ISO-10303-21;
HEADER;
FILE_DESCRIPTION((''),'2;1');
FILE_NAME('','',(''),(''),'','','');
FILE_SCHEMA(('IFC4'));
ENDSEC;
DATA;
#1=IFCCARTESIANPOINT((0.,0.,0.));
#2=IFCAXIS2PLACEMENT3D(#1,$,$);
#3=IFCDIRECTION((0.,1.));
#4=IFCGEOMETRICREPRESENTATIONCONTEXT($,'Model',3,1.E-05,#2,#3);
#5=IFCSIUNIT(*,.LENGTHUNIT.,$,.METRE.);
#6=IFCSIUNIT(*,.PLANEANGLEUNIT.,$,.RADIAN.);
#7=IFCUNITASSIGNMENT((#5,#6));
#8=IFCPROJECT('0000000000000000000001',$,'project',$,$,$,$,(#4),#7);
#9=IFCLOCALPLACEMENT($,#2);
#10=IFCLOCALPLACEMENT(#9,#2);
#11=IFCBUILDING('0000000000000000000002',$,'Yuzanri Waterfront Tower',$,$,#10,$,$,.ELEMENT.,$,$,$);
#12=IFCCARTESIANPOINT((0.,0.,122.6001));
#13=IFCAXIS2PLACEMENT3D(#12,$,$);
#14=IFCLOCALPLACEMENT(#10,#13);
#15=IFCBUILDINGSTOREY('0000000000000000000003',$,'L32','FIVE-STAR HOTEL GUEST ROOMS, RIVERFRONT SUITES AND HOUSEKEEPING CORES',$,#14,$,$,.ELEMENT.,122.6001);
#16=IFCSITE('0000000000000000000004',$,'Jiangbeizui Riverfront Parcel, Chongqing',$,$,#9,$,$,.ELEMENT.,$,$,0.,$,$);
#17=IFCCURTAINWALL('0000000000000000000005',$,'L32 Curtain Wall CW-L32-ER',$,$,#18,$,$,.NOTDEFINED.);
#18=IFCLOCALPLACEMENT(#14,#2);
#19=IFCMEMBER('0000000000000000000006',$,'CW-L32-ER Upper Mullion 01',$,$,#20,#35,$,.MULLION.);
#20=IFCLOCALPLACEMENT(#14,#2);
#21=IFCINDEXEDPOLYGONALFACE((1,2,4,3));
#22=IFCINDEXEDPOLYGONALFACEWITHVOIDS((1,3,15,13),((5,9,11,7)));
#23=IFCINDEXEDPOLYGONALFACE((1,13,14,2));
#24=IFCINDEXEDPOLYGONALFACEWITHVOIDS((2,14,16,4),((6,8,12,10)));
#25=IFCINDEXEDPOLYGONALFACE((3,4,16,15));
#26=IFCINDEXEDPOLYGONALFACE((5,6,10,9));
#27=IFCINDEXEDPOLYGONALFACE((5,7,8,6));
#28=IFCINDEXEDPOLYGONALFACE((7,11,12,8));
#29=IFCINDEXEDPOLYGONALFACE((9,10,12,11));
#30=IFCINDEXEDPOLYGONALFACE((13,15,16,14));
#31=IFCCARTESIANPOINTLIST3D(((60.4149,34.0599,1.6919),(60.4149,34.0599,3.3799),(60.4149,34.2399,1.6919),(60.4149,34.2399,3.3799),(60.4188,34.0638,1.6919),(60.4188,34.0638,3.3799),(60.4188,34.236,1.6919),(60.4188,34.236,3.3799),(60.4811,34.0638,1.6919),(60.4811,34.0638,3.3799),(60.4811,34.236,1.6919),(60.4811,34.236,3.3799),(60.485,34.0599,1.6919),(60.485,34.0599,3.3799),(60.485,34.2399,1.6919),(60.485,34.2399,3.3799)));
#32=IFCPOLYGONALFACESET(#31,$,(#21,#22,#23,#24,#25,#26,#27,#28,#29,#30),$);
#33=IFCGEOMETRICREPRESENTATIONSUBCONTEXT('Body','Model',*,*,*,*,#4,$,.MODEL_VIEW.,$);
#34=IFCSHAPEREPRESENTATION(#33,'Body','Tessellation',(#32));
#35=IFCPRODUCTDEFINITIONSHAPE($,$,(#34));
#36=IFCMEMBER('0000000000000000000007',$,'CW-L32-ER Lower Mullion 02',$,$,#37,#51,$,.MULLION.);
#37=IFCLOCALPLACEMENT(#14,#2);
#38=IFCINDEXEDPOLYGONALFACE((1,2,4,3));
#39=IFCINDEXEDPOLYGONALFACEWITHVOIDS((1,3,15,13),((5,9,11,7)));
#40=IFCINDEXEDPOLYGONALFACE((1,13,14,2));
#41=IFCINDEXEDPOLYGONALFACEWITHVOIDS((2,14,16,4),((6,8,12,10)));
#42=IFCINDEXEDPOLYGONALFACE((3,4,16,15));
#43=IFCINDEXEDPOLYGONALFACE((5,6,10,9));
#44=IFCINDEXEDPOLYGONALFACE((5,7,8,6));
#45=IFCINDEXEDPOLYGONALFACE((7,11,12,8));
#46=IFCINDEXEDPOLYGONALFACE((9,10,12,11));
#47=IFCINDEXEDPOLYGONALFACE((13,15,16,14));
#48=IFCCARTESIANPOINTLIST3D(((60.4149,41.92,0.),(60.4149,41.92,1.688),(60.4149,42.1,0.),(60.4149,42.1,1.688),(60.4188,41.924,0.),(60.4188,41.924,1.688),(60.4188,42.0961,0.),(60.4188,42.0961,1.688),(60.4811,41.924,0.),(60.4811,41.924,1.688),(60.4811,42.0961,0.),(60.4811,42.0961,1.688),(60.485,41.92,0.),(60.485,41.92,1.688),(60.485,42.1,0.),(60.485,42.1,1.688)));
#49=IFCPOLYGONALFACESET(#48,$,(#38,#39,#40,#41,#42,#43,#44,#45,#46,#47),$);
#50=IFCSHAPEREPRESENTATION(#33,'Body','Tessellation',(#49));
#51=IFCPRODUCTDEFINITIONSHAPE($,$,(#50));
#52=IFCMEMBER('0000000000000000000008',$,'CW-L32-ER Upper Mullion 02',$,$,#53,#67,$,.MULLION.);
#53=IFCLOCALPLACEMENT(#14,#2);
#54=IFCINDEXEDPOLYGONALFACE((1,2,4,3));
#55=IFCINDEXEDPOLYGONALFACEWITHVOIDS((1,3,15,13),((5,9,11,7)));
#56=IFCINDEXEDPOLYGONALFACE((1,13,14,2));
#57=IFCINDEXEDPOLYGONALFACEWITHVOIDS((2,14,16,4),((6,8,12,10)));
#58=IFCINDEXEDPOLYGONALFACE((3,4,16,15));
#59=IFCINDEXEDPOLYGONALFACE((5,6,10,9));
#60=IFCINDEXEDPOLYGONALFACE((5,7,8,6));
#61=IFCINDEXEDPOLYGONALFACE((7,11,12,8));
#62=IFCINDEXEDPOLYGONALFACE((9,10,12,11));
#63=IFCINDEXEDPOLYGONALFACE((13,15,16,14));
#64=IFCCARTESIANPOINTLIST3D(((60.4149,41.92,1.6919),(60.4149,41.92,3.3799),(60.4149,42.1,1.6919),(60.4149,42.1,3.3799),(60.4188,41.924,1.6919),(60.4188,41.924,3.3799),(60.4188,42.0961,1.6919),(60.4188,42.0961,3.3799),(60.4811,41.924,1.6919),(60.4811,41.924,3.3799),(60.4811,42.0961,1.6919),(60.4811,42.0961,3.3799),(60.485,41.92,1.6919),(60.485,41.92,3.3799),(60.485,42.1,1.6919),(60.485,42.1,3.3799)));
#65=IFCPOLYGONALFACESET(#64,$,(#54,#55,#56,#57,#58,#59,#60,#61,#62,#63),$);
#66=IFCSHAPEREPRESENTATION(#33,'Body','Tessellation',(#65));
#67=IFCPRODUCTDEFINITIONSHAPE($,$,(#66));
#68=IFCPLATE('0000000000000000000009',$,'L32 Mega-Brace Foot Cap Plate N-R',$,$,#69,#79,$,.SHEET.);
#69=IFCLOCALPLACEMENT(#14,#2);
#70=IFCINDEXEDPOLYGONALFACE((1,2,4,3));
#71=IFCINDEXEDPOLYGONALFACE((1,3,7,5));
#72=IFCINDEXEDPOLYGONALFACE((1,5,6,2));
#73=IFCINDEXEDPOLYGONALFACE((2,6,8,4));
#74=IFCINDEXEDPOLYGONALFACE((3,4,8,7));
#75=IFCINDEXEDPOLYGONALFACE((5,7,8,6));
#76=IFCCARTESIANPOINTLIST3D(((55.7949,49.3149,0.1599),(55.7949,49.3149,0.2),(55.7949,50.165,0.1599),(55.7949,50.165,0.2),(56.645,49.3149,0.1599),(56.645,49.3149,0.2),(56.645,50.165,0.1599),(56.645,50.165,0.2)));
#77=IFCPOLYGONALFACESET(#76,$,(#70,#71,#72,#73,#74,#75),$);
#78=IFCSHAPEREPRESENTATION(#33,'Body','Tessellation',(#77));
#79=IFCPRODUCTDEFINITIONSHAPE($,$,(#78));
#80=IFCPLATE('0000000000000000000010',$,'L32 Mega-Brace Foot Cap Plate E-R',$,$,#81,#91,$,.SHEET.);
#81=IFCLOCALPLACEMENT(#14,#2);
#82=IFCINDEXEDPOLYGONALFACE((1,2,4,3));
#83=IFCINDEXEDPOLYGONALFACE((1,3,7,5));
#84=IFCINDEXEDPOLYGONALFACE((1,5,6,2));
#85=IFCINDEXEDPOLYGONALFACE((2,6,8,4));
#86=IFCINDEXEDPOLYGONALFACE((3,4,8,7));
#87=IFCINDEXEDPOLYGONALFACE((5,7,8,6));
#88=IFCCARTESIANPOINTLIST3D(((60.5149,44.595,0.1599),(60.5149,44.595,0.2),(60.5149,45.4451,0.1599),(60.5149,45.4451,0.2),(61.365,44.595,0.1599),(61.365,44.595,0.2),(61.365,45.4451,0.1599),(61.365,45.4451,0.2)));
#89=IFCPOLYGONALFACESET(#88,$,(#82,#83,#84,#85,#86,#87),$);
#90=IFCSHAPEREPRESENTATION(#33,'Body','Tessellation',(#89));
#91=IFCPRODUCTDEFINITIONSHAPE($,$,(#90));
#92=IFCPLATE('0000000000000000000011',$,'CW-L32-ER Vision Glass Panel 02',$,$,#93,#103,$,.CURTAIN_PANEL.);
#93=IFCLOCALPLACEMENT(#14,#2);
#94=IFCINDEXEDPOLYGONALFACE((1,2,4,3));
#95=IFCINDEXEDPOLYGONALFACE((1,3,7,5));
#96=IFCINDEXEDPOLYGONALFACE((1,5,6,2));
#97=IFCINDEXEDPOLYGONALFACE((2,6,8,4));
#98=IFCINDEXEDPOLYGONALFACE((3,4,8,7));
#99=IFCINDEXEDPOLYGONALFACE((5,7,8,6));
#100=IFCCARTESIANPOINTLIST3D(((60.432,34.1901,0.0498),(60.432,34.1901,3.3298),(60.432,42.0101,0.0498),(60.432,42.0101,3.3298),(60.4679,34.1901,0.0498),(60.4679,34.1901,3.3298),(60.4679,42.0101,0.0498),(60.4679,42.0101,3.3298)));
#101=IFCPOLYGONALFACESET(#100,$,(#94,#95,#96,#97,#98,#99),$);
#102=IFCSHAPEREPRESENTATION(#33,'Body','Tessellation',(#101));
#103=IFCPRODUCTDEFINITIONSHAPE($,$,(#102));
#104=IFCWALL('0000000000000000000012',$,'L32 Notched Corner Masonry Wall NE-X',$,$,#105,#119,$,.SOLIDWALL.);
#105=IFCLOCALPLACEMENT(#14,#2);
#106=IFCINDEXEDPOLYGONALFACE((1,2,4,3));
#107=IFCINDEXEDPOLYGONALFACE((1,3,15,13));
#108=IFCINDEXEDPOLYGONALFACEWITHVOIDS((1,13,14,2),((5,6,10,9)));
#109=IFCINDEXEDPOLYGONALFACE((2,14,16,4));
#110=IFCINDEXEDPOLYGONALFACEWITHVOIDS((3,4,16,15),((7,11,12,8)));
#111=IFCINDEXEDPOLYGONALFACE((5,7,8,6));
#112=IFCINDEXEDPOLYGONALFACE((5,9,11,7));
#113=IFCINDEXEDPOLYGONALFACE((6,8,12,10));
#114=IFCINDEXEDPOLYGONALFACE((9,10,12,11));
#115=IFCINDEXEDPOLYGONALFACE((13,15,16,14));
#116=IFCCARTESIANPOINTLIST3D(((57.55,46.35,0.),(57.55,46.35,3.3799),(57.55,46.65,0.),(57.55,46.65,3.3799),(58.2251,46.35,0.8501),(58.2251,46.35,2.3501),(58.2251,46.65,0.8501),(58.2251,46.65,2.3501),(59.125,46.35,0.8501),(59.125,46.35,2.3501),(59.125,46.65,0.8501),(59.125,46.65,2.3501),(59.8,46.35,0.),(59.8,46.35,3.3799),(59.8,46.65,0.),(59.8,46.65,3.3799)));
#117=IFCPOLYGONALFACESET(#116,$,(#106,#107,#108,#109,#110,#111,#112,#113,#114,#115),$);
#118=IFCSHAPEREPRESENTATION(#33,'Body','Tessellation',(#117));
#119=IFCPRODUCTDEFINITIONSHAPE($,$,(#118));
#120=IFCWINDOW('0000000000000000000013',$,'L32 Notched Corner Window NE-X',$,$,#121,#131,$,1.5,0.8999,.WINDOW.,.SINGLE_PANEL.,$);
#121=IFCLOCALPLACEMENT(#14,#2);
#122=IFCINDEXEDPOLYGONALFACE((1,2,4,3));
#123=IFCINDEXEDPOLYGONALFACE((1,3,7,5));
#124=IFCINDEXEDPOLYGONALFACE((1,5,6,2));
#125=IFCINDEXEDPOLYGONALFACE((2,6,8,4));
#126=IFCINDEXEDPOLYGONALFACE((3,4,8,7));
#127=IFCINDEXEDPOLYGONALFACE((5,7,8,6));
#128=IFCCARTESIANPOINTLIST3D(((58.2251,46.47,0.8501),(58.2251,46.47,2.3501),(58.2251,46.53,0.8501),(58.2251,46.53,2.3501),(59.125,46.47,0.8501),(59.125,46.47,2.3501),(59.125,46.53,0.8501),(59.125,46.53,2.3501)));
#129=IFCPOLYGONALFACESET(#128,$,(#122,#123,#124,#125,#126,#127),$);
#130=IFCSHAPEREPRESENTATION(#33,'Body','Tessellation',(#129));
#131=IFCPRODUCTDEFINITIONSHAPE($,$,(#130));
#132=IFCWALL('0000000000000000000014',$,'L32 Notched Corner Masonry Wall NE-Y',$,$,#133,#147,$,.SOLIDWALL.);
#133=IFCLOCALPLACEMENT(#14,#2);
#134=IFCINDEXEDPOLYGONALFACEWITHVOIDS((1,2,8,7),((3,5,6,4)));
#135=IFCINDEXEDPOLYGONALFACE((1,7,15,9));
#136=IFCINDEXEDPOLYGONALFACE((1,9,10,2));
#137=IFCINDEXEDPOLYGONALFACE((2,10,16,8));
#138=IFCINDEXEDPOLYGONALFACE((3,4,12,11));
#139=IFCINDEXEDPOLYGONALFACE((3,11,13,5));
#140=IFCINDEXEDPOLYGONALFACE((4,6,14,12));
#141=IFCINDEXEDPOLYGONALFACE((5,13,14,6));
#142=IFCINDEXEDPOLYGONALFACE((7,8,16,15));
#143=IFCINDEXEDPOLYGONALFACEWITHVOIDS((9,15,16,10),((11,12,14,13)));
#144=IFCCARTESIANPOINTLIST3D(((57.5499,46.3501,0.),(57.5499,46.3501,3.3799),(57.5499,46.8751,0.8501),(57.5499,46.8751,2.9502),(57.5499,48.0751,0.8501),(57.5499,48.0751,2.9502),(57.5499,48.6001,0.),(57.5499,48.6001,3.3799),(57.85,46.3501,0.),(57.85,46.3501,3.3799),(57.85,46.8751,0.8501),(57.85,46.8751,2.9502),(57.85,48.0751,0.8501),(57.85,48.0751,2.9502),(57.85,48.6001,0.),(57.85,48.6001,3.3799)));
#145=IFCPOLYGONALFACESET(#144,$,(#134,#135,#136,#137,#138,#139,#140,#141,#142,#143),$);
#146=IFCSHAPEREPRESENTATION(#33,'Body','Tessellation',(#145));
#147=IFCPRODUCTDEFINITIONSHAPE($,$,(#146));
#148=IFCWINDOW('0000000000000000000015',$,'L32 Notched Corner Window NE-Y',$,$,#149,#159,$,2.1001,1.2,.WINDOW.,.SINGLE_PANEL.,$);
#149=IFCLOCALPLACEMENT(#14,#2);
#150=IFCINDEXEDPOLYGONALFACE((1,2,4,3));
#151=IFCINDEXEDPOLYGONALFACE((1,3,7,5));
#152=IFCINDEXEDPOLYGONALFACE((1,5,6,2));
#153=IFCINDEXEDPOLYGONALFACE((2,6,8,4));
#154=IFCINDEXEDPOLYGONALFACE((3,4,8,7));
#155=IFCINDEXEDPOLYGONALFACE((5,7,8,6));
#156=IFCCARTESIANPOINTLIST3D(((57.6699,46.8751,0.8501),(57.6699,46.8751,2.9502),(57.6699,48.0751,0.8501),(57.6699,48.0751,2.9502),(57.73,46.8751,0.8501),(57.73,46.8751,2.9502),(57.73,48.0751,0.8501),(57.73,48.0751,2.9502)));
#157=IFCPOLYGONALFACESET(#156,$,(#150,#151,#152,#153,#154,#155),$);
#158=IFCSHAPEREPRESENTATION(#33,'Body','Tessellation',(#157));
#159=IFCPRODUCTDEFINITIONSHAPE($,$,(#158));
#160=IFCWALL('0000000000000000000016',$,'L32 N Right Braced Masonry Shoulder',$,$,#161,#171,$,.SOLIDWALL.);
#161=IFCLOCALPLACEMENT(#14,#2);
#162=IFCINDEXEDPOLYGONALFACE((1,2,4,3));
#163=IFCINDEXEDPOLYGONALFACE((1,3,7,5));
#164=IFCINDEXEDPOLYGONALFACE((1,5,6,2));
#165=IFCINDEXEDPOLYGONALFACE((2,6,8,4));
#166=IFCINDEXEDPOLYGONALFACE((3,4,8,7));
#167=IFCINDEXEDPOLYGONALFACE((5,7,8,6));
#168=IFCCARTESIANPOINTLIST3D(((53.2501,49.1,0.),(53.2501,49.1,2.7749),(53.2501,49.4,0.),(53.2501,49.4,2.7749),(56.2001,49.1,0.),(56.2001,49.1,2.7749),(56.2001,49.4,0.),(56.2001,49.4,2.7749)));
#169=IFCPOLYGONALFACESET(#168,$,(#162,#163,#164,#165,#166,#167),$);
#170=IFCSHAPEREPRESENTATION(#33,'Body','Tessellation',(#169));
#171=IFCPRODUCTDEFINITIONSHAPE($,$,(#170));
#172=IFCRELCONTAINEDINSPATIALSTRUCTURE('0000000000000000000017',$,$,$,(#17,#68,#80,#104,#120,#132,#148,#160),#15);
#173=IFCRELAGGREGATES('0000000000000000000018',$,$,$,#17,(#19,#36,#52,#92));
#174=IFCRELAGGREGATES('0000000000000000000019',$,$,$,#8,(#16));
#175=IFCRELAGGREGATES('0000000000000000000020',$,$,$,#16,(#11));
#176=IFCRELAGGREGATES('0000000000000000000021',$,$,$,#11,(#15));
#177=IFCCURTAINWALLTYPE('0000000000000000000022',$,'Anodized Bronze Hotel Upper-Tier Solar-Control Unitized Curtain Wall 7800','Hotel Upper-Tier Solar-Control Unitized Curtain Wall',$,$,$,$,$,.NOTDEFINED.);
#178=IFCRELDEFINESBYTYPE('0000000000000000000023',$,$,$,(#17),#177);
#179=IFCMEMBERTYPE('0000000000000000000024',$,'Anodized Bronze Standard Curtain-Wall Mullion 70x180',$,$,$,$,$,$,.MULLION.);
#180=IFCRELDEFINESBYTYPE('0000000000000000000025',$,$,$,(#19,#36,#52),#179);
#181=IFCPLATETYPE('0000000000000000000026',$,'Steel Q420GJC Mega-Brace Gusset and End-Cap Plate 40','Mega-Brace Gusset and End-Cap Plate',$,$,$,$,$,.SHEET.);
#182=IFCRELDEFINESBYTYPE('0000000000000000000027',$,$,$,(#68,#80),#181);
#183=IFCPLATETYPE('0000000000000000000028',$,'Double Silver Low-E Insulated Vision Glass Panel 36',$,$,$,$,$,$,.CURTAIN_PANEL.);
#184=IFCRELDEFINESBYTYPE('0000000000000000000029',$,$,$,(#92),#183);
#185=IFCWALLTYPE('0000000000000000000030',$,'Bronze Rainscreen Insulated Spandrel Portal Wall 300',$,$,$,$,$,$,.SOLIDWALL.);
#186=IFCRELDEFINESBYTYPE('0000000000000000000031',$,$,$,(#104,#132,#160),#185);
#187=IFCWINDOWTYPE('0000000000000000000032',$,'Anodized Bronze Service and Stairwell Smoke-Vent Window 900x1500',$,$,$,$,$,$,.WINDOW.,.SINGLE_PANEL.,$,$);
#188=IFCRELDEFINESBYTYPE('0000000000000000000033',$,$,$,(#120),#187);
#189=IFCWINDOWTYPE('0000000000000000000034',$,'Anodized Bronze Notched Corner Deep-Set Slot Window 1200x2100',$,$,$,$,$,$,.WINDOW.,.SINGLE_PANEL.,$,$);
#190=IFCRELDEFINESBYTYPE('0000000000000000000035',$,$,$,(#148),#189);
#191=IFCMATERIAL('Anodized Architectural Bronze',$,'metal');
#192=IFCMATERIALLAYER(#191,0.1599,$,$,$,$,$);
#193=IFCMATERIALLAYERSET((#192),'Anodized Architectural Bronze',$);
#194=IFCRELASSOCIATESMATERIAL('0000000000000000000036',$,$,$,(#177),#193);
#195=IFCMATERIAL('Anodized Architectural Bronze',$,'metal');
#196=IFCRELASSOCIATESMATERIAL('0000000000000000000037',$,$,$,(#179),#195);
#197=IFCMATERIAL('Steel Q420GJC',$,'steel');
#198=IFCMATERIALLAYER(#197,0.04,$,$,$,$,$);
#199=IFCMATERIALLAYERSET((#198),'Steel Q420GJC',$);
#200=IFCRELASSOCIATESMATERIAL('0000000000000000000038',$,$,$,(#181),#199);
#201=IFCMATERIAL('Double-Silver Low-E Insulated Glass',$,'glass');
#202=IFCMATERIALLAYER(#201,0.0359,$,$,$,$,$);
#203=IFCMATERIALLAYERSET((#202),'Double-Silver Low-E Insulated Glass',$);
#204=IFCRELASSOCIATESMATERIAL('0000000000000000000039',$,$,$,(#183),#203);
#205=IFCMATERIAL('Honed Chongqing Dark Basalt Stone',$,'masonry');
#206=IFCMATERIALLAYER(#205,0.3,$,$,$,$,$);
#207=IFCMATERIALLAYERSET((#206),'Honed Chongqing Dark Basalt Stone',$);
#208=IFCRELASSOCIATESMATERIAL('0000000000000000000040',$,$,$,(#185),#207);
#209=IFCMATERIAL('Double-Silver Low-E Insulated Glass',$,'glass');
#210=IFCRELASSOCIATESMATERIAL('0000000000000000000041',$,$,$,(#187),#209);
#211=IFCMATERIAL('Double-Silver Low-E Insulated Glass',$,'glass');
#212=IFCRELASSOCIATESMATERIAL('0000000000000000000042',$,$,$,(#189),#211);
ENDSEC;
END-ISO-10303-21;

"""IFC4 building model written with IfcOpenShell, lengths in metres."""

from ifc_helpers import new_model, si_unit, direction, frame, frame_2d, origin, origin_2d, place, context, subcontext, project, spatial, rectangle, hollow_rectangle, extrude, source, transform, mapped, material, layer, layer_set, material_profile, profile_set, type_object, element, fill, aggregate, save


model = new_model("IFC4")

# Units and contexts
model_context = context("Model", 3, precision=1e-05, world=origin(), true_north=direction((0.0, 1.0)))
body_context = subcontext(model_context, "Body", "Model", "MODEL_VIEW")
ifc_project = project(units=[si_unit("LENGTHUNIT", "METRE"), si_unit("PLANEANGLEUNIT", "RADIAN")], contexts=[model_context])

# Site, building, storey
site_placement = place(None, origin())
site = spatial("IfcSite", under=ifc_project, at=site_placement, Name="Jiangbeizui Riverfront Parcel, Chongqing", CompositionType="ELEMENT", RefElevation=0.0)
building_placement = place(site_placement, origin())
building = spatial("IfcBuilding", under=site, at=building_placement, Name="Yuzanri Waterfront Tower", CompositionType="ELEMENT")
storey_placement = place(building_placement, frame((0.0, 0.0, 122.6001)))
storey = spatial("IfcBuildingStorey", under=building, at=storey_placement, Name="L32", Description="FIVE-STAR HOTEL GUEST ROOMS, RIVERFRONT SUITES AND HOUSEKEEPING CORES", CompositionType="ELEMENT", Elevation=122.6001)

# Curtain wall, members
ifc_material_1 = material(Name="Anodized Architectural Bronze", Category="metal")
ifc_layer_1 = layer(ifc_material_1, 0.1599)
ifc_layer_set_1 = layer_set([ifc_layer_1], Name="Anodized Architectural Bronze")
curtain_wall_type = type_object("IfcCurtainWallType", Name="Anodized Bronze Hotel Upper-Tier Solar-Control Unitized Curtain Wall 7800", Description="Hotel Upper-Tier Solar-Control Unitized Curtain Wall", PredefinedType="NOTDEFINED", material=ifc_layer_set_1)
ifc_material_2 = material(Name="Anodized Architectural Bronze", Category="metal")
ifc_material_profile_1 = material_profile(ifc_material_2, hollow_rectangle(XDim=0.0701, YDim=0.1799, WallThickness=0.0039, at=origin_2d()), Name="CWM 70x180")
ifc_profile_set_1 = profile_set([ifc_material_profile_1], Name="Anodized Architectural Bronze")
member_type_1 = type_object("IfcMemberType", Name="Anodized Bronze Standard Curtain-Wall Mullion 70x180", PredefinedType="MULLION", material=ifc_profile_set_1)
shared_shape_1 = source(origin(), body_context, "Body", "SweptSolid", [
    extrude(hollow_rectangle(XDim=0.0701, YDim=0.1799, WallThickness=0.0039, at=origin_2d()), origin(), (0.0, 0.0, 1.0), 1.688),
])
curtain_wall_1_placement = place(storey_placement, origin())
curtain_wall_1 = element("IfcCurtainWall", 1, at=curtain_wall_1_placement, inside=storey, type_object=curtain_wall_type, Name="L32 Curtain Wall CW-L32-ER", PredefinedType="NOTDEFINED")
member_1_placement = place(storey_placement, frame((60.45, 34.1499, 1.6919), z_axis=(0.0, 0.0, 1.0), x_axis=(1.0, 0.0, 0.0)))
member_1 = element("IfcMember", 2, at=member_1_placement, type_object=member_type_1, Name="CW-L32-ER Upper Mullion 01", PredefinedType="MULLION", context=body_context, shape_type="MappedRepresentation", body=[
    mapped(shared_shape_1, transform((0.0, 0.0, 0.0), scale=1.0)),
])
member_2_placement = place(storey_placement, frame((60.45, 42.01, 0.0), z_axis=(0.0, 0.0, 1.0), x_axis=(1.0, 0.0, 0.0)))
member_2 = element("IfcMember", 3, at=member_2_placement, type_object=member_type_1, Name="CW-L32-ER Lower Mullion 02", PredefinedType="MULLION", context=body_context, shape_type="MappedRepresentation", body=[
    mapped(shared_shape_1, transform((0.0, 0.0, 0.0), scale=1.0)),
])
member_3_placement = place(storey_placement, frame((60.45, 42.01, 1.6919), z_axis=(0.0, 0.0, 1.0), x_axis=(1.0, 0.0, 0.0)))
member_3 = element("IfcMember", 4, at=member_3_placement, type_object=member_type_1, Name="CW-L32-ER Upper Mullion 02", PredefinedType="MULLION", context=body_context, shape_type="MappedRepresentation", body=[
    mapped(shared_shape_1, transform((0.0, 0.0, 0.0), scale=1.0)),
])

# Plates
ifc_material_3 = material(Name="Steel Q420GJC", Category="steel")
ifc_layer_2 = layer(ifc_material_3, 0.04)
ifc_layer_set_2 = layer_set([ifc_layer_2], Name="Steel Q420GJC")
plate_type_1 = type_object("IfcPlateType", Name="Steel Q420GJC Mega-Brace Gusset and End-Cap Plate 40", Description="Mega-Brace Gusset and End-Cap Plate", PredefinedType="SHEET", material=ifc_layer_set_2)
shared_shape_2 = source(origin(), body_context, "Body", "SweptSolid", [
    extrude(rectangle(XDim=0.8501, YDim=0.8501, at=origin_2d()), origin(), (0.0, 0.0, 1.0), 0.04),
])
for number, where, z_axis, x_axis, name in (
    (5, (56.22, 49.74, 0.1599), (0.0, 0.0, 1.0), (1.0, 0.0, 0.0), "L32 Mega-Brace Foot Cap Plate N-R"),
    (6, (60.9399, 45.02, 0.1599), (0.0, 0.0, 1.0), (1.0, 0.0, 0.0), "L32 Mega-Brace Foot Cap Plate E-R"),
):
    element("IfcPlate", number, at=place(storey_placement, frame(where, z_axis=z_axis, x_axis=x_axis)), inside=storey, type_object=plate_type_1, Name=name, PredefinedType="SHEET", context=body_context, shape_type="MappedRepresentation", body=[
        mapped(shared_shape_2, transform((0.0, 0.0, 0.0), scale=1.0)),
    ])

# Plate
ifc_material_4 = material(Name="Double-Silver Low-E Insulated Glass", Category="glass")
ifc_layer_3 = layer(ifc_material_4, 0.0359)
ifc_layer_set_3 = layer_set([ifc_layer_3], Name="Double-Silver Low-E Insulated Glass")
plate_type_2 = type_object("IfcPlateType", Name="Double Silver Low-E Insulated Vision Glass Panel 36", PredefinedType="CURTAIN_PANEL", material=ifc_layer_set_3)
shared_shape_3 = source(origin(), body_context, "Body", "SweptSolid", [
    extrude(rectangle(XDim=7.8201, YDim=0.0359, at=origin_2d()), origin(), (0.0, 0.0, 1.0), 3.28),
])
plate_placement = place(storey_placement, frame((60.45, 38.1001, 0.0498), z_axis=(0.0, 0.0, 1.0), x_axis=(0.0, 1.0, 0.0)))
plate = element("IfcPlate", 7, at=plate_placement, type_object=plate_type_2, Name="CW-L32-ER Vision Glass Panel 02", PredefinedType="CURTAIN_PANEL", context=body_context, shape_type="MappedRepresentation", body=[
    mapped(shared_shape_3, transform((0.0, 0.0, 0.0), scale=1.0)),
])
aggregate(curtain_wall_1, [member_1, member_2, member_3, plate])

# Walls, openings, windows
ifc_material_5 = material(Name="Honed Chongqing Dark Basalt Stone", Category="masonry")
ifc_layer_4 = layer(ifc_material_5, 0.3)
ifc_layer_set_4 = layer_set([ifc_layer_4], Name="Honed Chongqing Dark Basalt Stone")
wall_type_1 = type_object("IfcWallType", Name="Bronze Rainscreen Insulated Spandrel Portal Wall 300", PredefinedType="SOLIDWALL", material=ifc_layer_set_4)
wall_1_placement = place(storey_placement, frame((59.8, 46.5, 0.0), z_axis=(0.0, 0.0, 1.0), x_axis=(-1.0, 0.0, 0.0)))
wall_1 = element("IfcWall", 8, at=wall_1_placement, inside=storey, type_object=wall_type_1, Name="L32 Notched Corner Masonry Wall NE-X", PredefinedType="SOLIDWALL", context=body_context, shape_type="SweptSolid", body=[
    extrude(rectangle(XDim=2.25, YDim=0.3, at=frame_2d((1.125, 0.0))), origin(), (0.0, 0.0, 1.0), 3.3799),
])
opening_1_placement = place(wall_1_placement, frame((0.675, 0.0, 0.8501)))
opening_1 = element("IfcOpeningElement", 9, at=opening_1_placement, cuts=wall_1, PredefinedType="OPENING", context=body_context, shape_type="SweptSolid", body=[
    extrude(rectangle(XDim=0.8999, YDim=1.5, at=frame_2d((0.45, 0.75))), frame((0.0, 0.165, 0.0), z_axis=(0.0, -1.0, 0.0), x_axis=(1.0, 0.0, 0.0)), (0.0, 0.0, 1.0), 0.3298),
])
ifc_material_6 = material(Name="Double-Silver Low-E Insulated Glass", Category="glass")
window_type_1 = type_object("IfcWindowType", Name="Anodized Bronze Service and Stairwell Smoke-Vent Window 900x1500", PartitioningType="SINGLE_PANEL", PredefinedType="WINDOW", material=ifc_material_6)
shared_shape_4 = source(origin(), body_context, "Body", "SweptSolid", [
    extrude(rectangle(XDim=0.8999, YDim=1.5, at=frame_2d((0.45, 0.75))), frame((0.0, 0.03, 0.0), z_axis=(0.0, -1.0, 0.0), x_axis=(1.0, 0.0, 0.0)), (0.0, 0.0, 1.0), 0.0601),
])
window_1_placement = place(opening_1_placement, origin())
window_1 = element("IfcWindow", 10, at=window_1_placement, inside=storey, type_object=window_type_1, Name="L32 Notched Corner Window NE-X", OverallHeight=1.5, OverallWidth=0.8999, PartitioningType="SINGLE_PANEL", PredefinedType="WINDOW", context=body_context, shape_type="MappedRepresentation", body=[
    mapped(shared_shape_4, transform((0.0, 0.0, 0.0), scale=1.0)),
])
fill(opening_1, window_1)
wall_2_placement = place(storey_placement, frame((57.7, 46.3501, 0.0), z_axis=(0.0, 0.0, 1.0), x_axis=(0.0, 1.0, 0.0)))
wall_2 = element("IfcWall", 11, at=wall_2_placement, inside=storey, type_object=wall_type_1, Name="L32 Notched Corner Masonry Wall NE-Y", PredefinedType="SOLIDWALL", context=body_context, shape_type="SweptSolid", body=[
    extrude(rectangle(XDim=2.25, YDim=0.3, at=frame_2d((1.125, 0.0))), origin(), (0.0, 0.0, 1.0), 3.3799),
])
opening_2_placement = place(wall_2_placement, frame((0.5249, 0.0, 0.8501)))
opening_2 = element("IfcOpeningElement", 12, at=opening_2_placement, cuts=wall_2, PredefinedType="OPENING", context=body_context, shape_type="SweptSolid", body=[
    extrude(rectangle(XDim=1.2, YDim=2.1001, at=frame_2d((0.6001, 1.05))), frame((0.0, 0.165, 0.0), z_axis=(0.0, -1.0, 0.0), x_axis=(1.0, 0.0, 0.0)), (0.0, 0.0, 1.0), 0.3298),
])
ifc_material_7 = material(Name="Double-Silver Low-E Insulated Glass", Category="glass")
window_type_2 = type_object("IfcWindowType", Name="Anodized Bronze Notched Corner Deep-Set Slot Window 1200x2100", PartitioningType="SINGLE_PANEL", PredefinedType="WINDOW", material=ifc_material_7)
shared_shape_5 = source(origin(), body_context, "Body", "SweptSolid", [
    extrude(rectangle(XDim=1.2, YDim=2.1001, at=frame_2d((0.6001, 1.05))), frame((0.0, 0.03, 0.0), z_axis=(0.0, -1.0, 0.0), x_axis=(1.0, 0.0, 0.0)), (0.0, 0.0, 1.0), 0.0601),
])
window_2_placement = place(opening_2_placement, origin())
window_2 = element("IfcWindow", 13, at=window_2_placement, inside=storey, type_object=window_type_2, Name="L32 Notched Corner Window NE-Y", OverallHeight=2.1001, OverallWidth=1.2, PartitioningType="SINGLE_PANEL", PredefinedType="WINDOW", context=body_context, shape_type="MappedRepresentation", body=[
    mapped(shared_shape_5, transform((0.0, 0.0, 0.0), scale=1.0)),
])
fill(opening_2, window_2)

# Wall
shared_shape_6 = source(origin(), body_context, "Body", "SweptSolid", [
    extrude(rectangle(XDim=2.95, YDim=0.3, at=frame_2d((1.4751, 0.0))), origin(), (0.0, 0.0, 1.0), 2.7749),
])
for number, where, z_axis, x_axis, name in (
    (14, (53.25, 49.25, 0.0), (0.0, 0.0, 1.0), (1.0, 0.0, 0.0), "L32 N Right Braced Masonry Shoulder"),
):
    element("IfcWall", number, at=place(storey_placement, frame(where, z_axis=z_axis, x_axis=x_axis)), inside=storey, type_object=wall_type_1, Name=name, PredefinedType="SOLIDWALL", context=body_context, shape_type="MappedRepresentation", body=[
        mapped(shared_shape_6, transform((0.0, 0.0, 0.0), scale=1.0)),
    ])

save(model, "model.ifc")
